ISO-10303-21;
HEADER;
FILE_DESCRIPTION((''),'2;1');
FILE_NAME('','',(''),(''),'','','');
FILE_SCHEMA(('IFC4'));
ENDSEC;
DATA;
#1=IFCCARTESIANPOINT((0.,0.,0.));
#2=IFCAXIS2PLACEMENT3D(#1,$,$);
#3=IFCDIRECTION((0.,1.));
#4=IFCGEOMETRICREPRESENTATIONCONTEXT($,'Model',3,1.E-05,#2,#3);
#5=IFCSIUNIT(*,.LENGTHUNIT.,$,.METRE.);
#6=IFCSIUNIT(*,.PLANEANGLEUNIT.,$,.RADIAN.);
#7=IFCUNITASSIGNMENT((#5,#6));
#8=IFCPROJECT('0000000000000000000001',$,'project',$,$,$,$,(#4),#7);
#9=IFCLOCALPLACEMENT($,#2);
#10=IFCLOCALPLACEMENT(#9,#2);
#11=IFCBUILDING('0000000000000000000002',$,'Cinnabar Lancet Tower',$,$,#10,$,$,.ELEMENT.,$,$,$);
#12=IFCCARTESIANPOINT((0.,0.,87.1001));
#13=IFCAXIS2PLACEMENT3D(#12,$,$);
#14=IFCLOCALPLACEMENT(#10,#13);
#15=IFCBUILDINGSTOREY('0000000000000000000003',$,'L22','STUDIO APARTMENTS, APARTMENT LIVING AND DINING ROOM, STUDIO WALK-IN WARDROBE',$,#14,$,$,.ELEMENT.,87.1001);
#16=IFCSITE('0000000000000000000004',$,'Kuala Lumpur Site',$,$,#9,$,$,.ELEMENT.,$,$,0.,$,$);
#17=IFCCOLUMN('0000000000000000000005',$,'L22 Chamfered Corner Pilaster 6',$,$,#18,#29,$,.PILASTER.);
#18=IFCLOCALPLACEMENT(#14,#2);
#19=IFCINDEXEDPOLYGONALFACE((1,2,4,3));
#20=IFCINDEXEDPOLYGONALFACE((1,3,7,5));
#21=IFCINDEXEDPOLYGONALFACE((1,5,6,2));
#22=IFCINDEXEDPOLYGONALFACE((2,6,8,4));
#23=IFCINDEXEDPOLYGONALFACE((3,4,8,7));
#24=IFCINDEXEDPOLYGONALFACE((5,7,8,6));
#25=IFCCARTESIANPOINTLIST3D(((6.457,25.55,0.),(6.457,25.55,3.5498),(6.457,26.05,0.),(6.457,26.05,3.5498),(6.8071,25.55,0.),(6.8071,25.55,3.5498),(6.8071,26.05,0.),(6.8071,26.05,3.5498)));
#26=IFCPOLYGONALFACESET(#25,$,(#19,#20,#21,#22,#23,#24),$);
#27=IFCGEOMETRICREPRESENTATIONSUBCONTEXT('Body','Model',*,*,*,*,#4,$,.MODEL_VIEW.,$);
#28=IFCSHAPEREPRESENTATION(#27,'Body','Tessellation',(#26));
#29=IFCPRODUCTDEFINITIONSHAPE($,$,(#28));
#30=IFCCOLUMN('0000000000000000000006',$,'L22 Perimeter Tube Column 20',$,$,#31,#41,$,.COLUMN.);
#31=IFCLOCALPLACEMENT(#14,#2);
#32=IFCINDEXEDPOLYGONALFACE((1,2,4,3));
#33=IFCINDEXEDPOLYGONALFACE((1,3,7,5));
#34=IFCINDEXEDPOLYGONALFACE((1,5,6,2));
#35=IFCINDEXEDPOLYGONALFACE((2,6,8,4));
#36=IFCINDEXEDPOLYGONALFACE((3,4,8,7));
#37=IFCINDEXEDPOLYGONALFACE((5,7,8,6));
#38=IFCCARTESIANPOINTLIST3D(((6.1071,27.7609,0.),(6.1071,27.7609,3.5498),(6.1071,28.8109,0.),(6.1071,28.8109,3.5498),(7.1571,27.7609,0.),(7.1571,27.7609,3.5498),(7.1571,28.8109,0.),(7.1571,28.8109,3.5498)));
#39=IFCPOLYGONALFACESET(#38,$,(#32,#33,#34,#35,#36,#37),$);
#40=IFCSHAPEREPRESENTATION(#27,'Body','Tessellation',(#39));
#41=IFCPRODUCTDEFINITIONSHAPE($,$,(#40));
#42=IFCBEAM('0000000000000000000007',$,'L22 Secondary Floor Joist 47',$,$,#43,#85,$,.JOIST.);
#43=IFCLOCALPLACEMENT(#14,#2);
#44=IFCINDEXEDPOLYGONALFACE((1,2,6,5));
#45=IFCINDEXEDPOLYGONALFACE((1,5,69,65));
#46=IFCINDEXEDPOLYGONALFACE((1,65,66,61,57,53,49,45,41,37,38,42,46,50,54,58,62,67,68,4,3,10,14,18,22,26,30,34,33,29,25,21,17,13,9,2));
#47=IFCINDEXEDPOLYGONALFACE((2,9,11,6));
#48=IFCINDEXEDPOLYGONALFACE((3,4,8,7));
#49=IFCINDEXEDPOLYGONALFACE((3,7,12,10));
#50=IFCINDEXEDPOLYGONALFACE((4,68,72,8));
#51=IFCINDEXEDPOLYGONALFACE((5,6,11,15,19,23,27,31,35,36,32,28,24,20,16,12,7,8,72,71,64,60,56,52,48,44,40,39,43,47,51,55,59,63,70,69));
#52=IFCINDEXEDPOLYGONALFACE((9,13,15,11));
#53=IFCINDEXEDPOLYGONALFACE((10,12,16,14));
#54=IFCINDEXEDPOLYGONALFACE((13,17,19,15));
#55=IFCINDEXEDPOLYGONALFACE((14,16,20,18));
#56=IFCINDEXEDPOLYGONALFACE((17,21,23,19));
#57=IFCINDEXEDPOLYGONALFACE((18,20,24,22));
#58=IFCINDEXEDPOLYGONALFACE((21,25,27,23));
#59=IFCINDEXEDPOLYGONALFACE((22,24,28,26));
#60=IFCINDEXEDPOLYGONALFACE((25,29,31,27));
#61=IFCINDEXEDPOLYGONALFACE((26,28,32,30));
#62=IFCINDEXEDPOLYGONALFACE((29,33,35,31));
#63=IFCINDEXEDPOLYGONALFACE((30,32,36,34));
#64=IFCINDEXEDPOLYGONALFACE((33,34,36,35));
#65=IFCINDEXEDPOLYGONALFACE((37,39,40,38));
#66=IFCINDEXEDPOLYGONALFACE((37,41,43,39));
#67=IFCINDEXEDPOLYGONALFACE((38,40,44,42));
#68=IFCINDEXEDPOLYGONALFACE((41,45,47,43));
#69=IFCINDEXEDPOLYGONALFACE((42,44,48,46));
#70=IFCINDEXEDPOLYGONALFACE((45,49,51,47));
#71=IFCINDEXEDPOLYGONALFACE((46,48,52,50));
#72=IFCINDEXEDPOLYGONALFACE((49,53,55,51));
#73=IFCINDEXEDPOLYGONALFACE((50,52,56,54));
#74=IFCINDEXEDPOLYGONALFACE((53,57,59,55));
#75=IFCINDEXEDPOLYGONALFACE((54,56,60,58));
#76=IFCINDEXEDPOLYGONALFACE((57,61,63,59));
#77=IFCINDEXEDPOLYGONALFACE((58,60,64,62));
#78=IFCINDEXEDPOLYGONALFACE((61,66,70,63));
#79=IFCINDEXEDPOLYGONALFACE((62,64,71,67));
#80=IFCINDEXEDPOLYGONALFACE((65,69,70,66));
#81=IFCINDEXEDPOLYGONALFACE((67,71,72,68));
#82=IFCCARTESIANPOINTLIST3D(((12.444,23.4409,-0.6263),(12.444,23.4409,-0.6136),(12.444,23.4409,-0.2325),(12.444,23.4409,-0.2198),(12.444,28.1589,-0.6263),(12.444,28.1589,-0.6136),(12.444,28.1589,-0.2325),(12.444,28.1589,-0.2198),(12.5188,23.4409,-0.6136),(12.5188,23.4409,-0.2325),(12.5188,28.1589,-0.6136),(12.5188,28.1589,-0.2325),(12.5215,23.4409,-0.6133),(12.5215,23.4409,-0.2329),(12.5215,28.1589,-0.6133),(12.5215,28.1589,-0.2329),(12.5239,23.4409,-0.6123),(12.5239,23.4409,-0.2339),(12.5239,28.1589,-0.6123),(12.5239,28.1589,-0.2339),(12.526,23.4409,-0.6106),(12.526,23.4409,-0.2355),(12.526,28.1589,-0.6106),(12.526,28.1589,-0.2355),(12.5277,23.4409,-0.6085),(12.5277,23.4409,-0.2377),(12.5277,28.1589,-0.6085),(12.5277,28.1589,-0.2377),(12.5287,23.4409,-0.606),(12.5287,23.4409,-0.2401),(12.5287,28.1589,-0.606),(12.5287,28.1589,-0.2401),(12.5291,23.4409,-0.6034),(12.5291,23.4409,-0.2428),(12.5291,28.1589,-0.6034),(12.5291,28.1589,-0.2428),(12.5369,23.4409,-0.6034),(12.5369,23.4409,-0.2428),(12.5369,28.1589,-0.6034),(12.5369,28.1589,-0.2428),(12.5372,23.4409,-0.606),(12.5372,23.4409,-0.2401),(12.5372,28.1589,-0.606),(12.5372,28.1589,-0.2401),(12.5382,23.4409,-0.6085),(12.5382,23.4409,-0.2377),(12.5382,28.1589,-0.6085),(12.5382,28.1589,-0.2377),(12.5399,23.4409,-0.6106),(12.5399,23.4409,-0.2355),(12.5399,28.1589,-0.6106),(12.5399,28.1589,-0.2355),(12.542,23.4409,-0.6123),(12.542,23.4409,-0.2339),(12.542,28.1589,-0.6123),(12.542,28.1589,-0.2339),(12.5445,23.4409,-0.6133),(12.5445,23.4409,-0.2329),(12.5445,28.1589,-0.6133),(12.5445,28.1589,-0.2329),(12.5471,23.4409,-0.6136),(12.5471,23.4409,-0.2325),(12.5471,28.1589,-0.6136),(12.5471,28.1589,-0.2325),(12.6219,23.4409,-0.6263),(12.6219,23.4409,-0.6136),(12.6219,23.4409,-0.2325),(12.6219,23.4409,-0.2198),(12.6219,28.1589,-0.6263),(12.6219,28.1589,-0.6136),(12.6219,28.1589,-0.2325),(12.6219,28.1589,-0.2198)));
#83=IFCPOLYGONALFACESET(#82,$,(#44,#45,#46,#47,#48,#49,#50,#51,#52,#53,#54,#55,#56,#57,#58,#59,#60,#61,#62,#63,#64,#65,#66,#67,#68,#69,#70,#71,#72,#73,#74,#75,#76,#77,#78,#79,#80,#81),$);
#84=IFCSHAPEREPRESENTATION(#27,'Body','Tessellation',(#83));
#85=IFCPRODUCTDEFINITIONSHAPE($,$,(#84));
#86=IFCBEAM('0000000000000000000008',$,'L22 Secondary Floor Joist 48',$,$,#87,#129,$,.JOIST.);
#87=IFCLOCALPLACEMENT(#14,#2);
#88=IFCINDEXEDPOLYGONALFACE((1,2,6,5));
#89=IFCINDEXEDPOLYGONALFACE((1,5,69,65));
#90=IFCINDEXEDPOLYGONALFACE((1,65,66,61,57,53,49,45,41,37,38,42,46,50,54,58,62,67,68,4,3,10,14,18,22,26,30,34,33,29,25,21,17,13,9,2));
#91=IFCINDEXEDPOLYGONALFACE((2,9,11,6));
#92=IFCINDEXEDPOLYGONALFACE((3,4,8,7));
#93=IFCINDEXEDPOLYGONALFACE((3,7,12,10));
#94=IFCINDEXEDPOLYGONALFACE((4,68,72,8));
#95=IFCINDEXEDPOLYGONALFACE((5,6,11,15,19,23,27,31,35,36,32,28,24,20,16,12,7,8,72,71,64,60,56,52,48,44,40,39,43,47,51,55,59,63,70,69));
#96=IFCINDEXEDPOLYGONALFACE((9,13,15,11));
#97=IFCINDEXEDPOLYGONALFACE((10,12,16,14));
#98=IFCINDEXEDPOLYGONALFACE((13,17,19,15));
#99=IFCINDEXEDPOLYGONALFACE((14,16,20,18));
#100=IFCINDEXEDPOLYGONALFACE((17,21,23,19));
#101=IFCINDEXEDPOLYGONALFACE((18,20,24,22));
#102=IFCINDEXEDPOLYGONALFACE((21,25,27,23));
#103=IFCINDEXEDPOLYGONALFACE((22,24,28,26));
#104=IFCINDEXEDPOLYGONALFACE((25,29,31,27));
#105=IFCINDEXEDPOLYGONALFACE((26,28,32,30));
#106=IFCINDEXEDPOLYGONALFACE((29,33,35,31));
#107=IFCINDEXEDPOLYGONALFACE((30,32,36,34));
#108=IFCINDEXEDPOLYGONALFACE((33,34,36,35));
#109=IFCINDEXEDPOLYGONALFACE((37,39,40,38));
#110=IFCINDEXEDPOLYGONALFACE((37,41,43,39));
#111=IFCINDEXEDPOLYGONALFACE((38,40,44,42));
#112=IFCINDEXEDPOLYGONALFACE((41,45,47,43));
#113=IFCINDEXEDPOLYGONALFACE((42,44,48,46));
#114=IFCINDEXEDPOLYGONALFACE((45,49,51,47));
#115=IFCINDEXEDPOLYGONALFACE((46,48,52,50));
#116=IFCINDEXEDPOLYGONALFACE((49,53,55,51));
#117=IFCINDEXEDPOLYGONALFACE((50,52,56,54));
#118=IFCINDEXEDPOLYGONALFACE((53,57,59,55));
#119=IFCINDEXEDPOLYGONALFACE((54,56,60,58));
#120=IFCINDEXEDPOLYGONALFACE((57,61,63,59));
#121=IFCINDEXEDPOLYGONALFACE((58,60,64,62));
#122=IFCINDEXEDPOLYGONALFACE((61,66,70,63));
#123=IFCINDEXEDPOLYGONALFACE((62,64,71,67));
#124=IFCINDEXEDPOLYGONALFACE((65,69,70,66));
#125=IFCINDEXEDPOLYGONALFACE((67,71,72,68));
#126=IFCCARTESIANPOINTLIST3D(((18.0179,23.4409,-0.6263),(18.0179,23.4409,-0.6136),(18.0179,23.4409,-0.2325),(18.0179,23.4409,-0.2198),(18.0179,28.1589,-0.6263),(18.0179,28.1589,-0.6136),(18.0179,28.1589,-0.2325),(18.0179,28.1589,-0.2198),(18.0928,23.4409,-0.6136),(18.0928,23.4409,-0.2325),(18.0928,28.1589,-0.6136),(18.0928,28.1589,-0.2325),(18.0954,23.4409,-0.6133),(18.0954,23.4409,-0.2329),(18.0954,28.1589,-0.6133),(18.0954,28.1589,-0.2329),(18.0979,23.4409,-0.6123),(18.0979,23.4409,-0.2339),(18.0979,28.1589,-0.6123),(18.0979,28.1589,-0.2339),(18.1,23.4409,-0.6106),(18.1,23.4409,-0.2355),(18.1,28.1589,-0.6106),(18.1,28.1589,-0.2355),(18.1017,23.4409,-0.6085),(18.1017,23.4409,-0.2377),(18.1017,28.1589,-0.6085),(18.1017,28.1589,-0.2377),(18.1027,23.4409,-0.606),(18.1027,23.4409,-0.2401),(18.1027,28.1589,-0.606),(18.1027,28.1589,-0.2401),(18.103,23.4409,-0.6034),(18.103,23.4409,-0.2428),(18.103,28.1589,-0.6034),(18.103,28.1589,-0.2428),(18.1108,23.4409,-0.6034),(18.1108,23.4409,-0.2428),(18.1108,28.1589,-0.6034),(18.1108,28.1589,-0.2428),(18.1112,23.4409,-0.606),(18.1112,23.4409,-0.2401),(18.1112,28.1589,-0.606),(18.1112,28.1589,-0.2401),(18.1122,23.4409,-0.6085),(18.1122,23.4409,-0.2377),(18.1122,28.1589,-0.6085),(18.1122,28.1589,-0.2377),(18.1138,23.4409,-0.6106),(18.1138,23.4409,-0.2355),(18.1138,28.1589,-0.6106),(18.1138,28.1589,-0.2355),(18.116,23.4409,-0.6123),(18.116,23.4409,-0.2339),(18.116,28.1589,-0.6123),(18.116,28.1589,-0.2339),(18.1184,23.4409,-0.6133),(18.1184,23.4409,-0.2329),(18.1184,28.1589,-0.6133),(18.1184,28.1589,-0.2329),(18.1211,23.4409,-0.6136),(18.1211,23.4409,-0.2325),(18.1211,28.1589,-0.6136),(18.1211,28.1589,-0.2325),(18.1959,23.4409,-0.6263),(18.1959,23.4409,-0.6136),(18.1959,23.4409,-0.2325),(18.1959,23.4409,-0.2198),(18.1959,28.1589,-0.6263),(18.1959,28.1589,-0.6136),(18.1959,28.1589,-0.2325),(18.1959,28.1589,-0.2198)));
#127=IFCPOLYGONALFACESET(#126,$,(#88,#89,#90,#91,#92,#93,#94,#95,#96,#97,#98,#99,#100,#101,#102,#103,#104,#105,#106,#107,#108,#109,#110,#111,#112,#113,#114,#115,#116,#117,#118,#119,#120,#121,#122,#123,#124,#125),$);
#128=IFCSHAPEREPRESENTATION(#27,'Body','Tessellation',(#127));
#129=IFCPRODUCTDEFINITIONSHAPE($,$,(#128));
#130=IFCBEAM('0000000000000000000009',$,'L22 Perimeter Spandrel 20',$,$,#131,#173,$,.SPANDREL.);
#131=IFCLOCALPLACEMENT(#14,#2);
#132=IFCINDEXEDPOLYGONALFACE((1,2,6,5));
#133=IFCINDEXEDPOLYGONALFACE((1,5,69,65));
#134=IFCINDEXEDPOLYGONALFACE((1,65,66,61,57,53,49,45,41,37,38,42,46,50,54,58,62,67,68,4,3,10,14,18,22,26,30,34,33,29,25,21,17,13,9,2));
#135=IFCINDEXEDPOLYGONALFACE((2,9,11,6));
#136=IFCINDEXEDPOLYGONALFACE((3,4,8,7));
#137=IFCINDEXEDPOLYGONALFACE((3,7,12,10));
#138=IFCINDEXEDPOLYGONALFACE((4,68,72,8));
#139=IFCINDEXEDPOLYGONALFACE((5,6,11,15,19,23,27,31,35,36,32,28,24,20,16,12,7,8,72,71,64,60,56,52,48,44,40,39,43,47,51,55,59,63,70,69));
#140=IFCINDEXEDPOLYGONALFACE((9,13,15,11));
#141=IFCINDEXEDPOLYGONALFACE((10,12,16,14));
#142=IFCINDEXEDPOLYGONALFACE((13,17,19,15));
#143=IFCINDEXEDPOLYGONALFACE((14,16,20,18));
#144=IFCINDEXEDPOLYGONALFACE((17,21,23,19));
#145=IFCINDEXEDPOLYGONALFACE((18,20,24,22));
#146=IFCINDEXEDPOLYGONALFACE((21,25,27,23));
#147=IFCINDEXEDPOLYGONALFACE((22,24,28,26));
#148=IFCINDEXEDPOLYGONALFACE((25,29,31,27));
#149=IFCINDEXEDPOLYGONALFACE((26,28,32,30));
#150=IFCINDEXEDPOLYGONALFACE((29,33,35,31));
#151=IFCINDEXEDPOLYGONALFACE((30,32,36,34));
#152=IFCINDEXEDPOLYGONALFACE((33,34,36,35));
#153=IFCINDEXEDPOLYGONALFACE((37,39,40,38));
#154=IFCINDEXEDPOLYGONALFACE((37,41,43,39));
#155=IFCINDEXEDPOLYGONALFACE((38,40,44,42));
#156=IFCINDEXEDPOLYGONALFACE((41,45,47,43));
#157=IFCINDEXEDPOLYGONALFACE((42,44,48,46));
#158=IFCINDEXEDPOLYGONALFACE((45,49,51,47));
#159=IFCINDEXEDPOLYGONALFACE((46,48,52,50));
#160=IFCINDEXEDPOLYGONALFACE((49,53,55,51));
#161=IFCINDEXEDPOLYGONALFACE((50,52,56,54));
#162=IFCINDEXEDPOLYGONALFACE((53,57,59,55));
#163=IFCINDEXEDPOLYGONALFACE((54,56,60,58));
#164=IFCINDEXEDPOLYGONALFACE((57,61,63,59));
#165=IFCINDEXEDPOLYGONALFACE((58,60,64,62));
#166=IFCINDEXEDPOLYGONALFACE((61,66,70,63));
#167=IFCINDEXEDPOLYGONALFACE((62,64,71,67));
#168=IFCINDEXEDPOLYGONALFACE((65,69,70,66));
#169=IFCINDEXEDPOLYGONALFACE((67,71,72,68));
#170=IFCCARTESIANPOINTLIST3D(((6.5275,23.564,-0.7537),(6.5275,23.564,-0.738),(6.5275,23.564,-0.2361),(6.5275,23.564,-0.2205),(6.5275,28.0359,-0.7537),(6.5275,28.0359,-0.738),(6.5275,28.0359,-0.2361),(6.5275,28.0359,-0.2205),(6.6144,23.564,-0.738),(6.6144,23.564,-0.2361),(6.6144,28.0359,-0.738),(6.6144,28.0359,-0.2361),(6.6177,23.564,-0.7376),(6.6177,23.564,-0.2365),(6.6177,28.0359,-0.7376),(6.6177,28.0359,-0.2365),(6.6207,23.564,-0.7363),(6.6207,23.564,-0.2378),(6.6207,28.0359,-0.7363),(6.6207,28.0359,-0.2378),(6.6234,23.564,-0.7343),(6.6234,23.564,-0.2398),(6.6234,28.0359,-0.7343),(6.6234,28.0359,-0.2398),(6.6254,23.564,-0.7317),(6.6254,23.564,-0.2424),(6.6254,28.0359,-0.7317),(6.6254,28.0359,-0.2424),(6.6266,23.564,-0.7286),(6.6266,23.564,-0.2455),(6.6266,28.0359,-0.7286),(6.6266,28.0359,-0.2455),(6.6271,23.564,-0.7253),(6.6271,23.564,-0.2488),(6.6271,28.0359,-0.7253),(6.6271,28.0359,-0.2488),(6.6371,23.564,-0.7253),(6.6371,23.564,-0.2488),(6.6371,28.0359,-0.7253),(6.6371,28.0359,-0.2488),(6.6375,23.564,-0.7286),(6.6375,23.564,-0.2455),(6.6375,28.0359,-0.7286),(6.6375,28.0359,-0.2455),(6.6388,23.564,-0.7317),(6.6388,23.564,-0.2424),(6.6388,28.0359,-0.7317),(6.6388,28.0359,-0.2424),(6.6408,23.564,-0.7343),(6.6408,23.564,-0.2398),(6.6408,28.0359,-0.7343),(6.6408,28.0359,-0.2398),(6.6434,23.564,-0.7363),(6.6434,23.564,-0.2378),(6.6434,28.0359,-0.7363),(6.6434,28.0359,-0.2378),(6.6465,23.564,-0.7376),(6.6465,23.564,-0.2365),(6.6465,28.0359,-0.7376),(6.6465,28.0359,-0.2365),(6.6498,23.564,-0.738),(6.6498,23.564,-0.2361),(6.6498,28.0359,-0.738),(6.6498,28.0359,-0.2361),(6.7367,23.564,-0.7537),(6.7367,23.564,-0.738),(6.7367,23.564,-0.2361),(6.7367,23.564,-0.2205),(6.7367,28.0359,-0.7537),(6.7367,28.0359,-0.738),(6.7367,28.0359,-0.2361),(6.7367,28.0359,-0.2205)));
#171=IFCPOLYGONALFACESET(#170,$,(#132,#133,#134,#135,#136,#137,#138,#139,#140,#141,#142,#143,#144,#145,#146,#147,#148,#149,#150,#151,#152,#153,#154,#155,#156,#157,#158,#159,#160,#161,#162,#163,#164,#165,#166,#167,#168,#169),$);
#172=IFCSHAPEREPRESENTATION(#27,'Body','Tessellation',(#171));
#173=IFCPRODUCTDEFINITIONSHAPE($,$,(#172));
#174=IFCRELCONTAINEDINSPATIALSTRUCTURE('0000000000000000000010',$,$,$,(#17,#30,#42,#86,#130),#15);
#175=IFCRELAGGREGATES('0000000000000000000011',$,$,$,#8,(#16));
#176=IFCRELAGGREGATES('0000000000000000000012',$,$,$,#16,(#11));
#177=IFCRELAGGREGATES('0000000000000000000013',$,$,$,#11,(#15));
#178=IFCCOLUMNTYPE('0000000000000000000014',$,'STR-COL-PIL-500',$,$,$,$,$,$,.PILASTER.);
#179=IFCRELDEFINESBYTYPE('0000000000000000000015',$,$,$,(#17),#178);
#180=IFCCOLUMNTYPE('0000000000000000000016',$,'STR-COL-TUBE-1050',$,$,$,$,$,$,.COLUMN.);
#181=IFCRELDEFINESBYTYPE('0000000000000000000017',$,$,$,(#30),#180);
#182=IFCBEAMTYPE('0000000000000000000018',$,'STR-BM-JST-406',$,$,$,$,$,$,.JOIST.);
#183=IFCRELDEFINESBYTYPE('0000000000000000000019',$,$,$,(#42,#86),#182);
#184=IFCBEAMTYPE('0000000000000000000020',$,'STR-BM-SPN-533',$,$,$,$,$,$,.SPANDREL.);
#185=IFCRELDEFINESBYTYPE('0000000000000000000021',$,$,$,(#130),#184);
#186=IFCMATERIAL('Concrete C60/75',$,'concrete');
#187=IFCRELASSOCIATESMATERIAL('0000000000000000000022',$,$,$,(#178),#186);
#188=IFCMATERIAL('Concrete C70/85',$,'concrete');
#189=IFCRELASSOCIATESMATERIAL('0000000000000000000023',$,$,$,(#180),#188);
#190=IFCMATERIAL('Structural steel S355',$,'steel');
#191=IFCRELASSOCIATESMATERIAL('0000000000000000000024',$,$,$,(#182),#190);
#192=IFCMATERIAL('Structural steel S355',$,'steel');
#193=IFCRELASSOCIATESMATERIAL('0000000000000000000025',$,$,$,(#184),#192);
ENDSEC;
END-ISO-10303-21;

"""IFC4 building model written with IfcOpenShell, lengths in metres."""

from ifc_helpers import new_model, si_unit, direction, frame, origin, origin_2d, place, context, subcontext, project, spatial, rectangle, i_section, extrude, material, material_profile, profile_set, type_object, element, save


model = new_model("IFC4")

# Units and contexts
model_context = context("Model", 3, precision=1e-05, world=origin(), true_north=direction((0.0, 1.0)))
body_context = subcontext(model_context, "Body", "Model", "MODEL_VIEW")
ifc_project = project(units=[si_unit("LENGTHUNIT", "METRE"), si_unit("PLANEANGLEUNIT", "RADIAN")], contexts=[model_context])

# Site, building, storey
site_placement = place(None, origin())
site = spatial("IfcSite", under=ifc_project, at=site_placement, Name="Kuala Lumpur Site", CompositionType="ELEMENT", RefElevation=0.0)
building_placement = place(site_placement, origin())
building = spatial("IfcBuilding", under=site, at=building_placement, Name="Cinnabar Lancet Tower", CompositionType="ELEMENT")
storey_placement = place(building_placement, frame((0.0, 0.0, 87.1001)))
storey = spatial("IfcBuildingStorey", under=building, at=storey_placement, Name="L22", Description="STUDIO APARTMENTS, APARTMENT LIVING AND DINING ROOM, STUDIO WALK-IN WARDROBE", CompositionType="ELEMENT", Elevation=87.1001)

# Columns
ifc_material_1 = material(Name="Concrete C60/75", Category="concrete")
ifc_material_profile_1 = material_profile(ifc_material_1, rectangle(XDim=0.5, YDim=0.3501, at=origin_2d()), Name="RC-PIL 500x350")
ifc_profile_set_1 = profile_set([ifc_material_profile_1], Name="Concrete C60/75")
column_type_1 = type_object("IfcColumnType", Name="STR-COL-PIL-500", PredefinedType="PILASTER", material=ifc_profile_set_1)
column_1_placement = place(storey_placement, frame((6.6321, 25.8, 0.0), z_axis=(0.0, 0.0, 1.0), x_axis=(0.0, -1.0, 0.0)))
element("IfcColumn", 1, at=column_1_placement, inside=storey, type_object=column_type_1, Name="L22 Chamfered Corner Pilaster 6", PredefinedType="PILASTER", context=body_context, shape_type="SweptSolid", body=[
    extrude(rectangle(XDim=0.5, YDim=0.3501, at=origin_2d()), origin(), (0.0, 0.0, 1.0), 3.5498),
])
ifc_material_2 = material(Name="Concrete C70/85", Category="concrete")
ifc_material_profile_2 = material_profile(ifc_material_2, rectangle(XDim=1.05, YDim=1.05, at=origin_2d()), Name="RC-COL 1050x1050")
ifc_profile_set_2 = profile_set([ifc_material_profile_2], Name="Concrete C70/85")
column_type_2 = type_object("IfcColumnType", Name="STR-COL-TUBE-1050", PredefinedType="COLUMN", material=ifc_profile_set_2)
column_2_placement = place(storey_placement, frame((6.6321, 28.2859, 0.0), z_axis=(0.0, 0.0, 1.0), x_axis=(1.0, 0.0, 0.0)))
element("IfcColumn", 2, at=column_2_placement, inside=storey, type_object=column_type_2, Name="L22 Perimeter Tube Column 20", PredefinedType="COLUMN", context=body_context, shape_type="SweptSolid", body=[
    extrude(rectangle(XDim=1.05, YDim=1.05, at=origin_2d()), origin(), (0.0, 0.0, 1.0), 3.5498),
])

# Beams
ifc_material_3 = material(Name="Structural steel S355", Category="steel")
ifc_material_profile_3 = material_profile(ifc_material_3, i_section(OverallWidth=0.178, OverallDepth=0.4065, WebThickness=0.0078, FlangeThickness=0.0127, FilletRadius=0.0103, at=origin_2d()), Name="UKB 406x178x60")
ifc_profile_set_3 = profile_set([ifc_material_profile_3], Name="Structural steel S355")
beam_type_1 = type_object("IfcBeamType", Name="STR-BM-JST-406", PredefinedType="JOIST", material=ifc_profile_set_3)
for number, where, z_axis, x_axis, name in (
    (3, (12.533, 28.1589, -0.4231), (0.0, -1.0, 0.0), (1.0, 0.0, 0.0), "L22 Secondary Floor Joist 47"),
    (4, (18.1069, 28.1589, -0.4231), (0.0, -1.0, 0.0), (1.0, 0.0, 0.0), "L22 Secondary Floor Joist 48"),
):
    element("IfcBeam", number, at=place(storey_placement, frame(where, z_axis=z_axis, x_axis=x_axis)), inside=storey, type_object=beam_type_1, Name=name, PredefinedType="JOIST", context=body_context, shape_type="SweptSolid", body=[
        extrude(i_section(OverallWidth=0.178, OverallDepth=0.4065, WebThickness=0.0078, FlangeThickness=0.0127, FilletRadius=0.0103, at=origin_2d()), origin(), (0.0, 0.0, 1.0), 4.718),
    ])
ifc_material_4 = material(Name="Structural steel S355", Category="steel")
ifc_material_profile_4 = material_profile(ifc_material_4, i_section(OverallWidth=0.2092, OverallDepth=0.5332, WebThickness=0.01, FlangeThickness=0.0156, FilletRadius=0.0127, at=origin_2d()), Name="UKB 533x210x92")
ifc_profile_set_4 = profile_set([ifc_material_profile_4], Name="Structural steel S355")
beam_type_2 = type_object("IfcBeamType", Name="STR-BM-SPN-533", PredefinedType="SPANDREL", material=ifc_profile_set_4)
beam_1_placement = place(storey_placement, frame((6.6321, 28.0359, -0.4871), z_axis=(0.0, -1.0, 0.0), x_axis=(1.0, 0.0, 0.0)))
element("IfcBeam", 5, at=beam_1_placement, inside=storey, type_object=beam_type_2, Name="L22 Perimeter Spandrel 20", PredefinedType="SPANDREL", context=body_context, shape_type="SweptSolid", body=[
    extrude(i_section(OverallWidth=0.2092, OverallDepth=0.5332, WebThickness=0.01, FlangeThickness=0.0156, FilletRadius=0.0127, at=origin_2d()), origin(), (0.0, 0.0, 1.0), 4.4719),
])

save(model, "model.ifc")
